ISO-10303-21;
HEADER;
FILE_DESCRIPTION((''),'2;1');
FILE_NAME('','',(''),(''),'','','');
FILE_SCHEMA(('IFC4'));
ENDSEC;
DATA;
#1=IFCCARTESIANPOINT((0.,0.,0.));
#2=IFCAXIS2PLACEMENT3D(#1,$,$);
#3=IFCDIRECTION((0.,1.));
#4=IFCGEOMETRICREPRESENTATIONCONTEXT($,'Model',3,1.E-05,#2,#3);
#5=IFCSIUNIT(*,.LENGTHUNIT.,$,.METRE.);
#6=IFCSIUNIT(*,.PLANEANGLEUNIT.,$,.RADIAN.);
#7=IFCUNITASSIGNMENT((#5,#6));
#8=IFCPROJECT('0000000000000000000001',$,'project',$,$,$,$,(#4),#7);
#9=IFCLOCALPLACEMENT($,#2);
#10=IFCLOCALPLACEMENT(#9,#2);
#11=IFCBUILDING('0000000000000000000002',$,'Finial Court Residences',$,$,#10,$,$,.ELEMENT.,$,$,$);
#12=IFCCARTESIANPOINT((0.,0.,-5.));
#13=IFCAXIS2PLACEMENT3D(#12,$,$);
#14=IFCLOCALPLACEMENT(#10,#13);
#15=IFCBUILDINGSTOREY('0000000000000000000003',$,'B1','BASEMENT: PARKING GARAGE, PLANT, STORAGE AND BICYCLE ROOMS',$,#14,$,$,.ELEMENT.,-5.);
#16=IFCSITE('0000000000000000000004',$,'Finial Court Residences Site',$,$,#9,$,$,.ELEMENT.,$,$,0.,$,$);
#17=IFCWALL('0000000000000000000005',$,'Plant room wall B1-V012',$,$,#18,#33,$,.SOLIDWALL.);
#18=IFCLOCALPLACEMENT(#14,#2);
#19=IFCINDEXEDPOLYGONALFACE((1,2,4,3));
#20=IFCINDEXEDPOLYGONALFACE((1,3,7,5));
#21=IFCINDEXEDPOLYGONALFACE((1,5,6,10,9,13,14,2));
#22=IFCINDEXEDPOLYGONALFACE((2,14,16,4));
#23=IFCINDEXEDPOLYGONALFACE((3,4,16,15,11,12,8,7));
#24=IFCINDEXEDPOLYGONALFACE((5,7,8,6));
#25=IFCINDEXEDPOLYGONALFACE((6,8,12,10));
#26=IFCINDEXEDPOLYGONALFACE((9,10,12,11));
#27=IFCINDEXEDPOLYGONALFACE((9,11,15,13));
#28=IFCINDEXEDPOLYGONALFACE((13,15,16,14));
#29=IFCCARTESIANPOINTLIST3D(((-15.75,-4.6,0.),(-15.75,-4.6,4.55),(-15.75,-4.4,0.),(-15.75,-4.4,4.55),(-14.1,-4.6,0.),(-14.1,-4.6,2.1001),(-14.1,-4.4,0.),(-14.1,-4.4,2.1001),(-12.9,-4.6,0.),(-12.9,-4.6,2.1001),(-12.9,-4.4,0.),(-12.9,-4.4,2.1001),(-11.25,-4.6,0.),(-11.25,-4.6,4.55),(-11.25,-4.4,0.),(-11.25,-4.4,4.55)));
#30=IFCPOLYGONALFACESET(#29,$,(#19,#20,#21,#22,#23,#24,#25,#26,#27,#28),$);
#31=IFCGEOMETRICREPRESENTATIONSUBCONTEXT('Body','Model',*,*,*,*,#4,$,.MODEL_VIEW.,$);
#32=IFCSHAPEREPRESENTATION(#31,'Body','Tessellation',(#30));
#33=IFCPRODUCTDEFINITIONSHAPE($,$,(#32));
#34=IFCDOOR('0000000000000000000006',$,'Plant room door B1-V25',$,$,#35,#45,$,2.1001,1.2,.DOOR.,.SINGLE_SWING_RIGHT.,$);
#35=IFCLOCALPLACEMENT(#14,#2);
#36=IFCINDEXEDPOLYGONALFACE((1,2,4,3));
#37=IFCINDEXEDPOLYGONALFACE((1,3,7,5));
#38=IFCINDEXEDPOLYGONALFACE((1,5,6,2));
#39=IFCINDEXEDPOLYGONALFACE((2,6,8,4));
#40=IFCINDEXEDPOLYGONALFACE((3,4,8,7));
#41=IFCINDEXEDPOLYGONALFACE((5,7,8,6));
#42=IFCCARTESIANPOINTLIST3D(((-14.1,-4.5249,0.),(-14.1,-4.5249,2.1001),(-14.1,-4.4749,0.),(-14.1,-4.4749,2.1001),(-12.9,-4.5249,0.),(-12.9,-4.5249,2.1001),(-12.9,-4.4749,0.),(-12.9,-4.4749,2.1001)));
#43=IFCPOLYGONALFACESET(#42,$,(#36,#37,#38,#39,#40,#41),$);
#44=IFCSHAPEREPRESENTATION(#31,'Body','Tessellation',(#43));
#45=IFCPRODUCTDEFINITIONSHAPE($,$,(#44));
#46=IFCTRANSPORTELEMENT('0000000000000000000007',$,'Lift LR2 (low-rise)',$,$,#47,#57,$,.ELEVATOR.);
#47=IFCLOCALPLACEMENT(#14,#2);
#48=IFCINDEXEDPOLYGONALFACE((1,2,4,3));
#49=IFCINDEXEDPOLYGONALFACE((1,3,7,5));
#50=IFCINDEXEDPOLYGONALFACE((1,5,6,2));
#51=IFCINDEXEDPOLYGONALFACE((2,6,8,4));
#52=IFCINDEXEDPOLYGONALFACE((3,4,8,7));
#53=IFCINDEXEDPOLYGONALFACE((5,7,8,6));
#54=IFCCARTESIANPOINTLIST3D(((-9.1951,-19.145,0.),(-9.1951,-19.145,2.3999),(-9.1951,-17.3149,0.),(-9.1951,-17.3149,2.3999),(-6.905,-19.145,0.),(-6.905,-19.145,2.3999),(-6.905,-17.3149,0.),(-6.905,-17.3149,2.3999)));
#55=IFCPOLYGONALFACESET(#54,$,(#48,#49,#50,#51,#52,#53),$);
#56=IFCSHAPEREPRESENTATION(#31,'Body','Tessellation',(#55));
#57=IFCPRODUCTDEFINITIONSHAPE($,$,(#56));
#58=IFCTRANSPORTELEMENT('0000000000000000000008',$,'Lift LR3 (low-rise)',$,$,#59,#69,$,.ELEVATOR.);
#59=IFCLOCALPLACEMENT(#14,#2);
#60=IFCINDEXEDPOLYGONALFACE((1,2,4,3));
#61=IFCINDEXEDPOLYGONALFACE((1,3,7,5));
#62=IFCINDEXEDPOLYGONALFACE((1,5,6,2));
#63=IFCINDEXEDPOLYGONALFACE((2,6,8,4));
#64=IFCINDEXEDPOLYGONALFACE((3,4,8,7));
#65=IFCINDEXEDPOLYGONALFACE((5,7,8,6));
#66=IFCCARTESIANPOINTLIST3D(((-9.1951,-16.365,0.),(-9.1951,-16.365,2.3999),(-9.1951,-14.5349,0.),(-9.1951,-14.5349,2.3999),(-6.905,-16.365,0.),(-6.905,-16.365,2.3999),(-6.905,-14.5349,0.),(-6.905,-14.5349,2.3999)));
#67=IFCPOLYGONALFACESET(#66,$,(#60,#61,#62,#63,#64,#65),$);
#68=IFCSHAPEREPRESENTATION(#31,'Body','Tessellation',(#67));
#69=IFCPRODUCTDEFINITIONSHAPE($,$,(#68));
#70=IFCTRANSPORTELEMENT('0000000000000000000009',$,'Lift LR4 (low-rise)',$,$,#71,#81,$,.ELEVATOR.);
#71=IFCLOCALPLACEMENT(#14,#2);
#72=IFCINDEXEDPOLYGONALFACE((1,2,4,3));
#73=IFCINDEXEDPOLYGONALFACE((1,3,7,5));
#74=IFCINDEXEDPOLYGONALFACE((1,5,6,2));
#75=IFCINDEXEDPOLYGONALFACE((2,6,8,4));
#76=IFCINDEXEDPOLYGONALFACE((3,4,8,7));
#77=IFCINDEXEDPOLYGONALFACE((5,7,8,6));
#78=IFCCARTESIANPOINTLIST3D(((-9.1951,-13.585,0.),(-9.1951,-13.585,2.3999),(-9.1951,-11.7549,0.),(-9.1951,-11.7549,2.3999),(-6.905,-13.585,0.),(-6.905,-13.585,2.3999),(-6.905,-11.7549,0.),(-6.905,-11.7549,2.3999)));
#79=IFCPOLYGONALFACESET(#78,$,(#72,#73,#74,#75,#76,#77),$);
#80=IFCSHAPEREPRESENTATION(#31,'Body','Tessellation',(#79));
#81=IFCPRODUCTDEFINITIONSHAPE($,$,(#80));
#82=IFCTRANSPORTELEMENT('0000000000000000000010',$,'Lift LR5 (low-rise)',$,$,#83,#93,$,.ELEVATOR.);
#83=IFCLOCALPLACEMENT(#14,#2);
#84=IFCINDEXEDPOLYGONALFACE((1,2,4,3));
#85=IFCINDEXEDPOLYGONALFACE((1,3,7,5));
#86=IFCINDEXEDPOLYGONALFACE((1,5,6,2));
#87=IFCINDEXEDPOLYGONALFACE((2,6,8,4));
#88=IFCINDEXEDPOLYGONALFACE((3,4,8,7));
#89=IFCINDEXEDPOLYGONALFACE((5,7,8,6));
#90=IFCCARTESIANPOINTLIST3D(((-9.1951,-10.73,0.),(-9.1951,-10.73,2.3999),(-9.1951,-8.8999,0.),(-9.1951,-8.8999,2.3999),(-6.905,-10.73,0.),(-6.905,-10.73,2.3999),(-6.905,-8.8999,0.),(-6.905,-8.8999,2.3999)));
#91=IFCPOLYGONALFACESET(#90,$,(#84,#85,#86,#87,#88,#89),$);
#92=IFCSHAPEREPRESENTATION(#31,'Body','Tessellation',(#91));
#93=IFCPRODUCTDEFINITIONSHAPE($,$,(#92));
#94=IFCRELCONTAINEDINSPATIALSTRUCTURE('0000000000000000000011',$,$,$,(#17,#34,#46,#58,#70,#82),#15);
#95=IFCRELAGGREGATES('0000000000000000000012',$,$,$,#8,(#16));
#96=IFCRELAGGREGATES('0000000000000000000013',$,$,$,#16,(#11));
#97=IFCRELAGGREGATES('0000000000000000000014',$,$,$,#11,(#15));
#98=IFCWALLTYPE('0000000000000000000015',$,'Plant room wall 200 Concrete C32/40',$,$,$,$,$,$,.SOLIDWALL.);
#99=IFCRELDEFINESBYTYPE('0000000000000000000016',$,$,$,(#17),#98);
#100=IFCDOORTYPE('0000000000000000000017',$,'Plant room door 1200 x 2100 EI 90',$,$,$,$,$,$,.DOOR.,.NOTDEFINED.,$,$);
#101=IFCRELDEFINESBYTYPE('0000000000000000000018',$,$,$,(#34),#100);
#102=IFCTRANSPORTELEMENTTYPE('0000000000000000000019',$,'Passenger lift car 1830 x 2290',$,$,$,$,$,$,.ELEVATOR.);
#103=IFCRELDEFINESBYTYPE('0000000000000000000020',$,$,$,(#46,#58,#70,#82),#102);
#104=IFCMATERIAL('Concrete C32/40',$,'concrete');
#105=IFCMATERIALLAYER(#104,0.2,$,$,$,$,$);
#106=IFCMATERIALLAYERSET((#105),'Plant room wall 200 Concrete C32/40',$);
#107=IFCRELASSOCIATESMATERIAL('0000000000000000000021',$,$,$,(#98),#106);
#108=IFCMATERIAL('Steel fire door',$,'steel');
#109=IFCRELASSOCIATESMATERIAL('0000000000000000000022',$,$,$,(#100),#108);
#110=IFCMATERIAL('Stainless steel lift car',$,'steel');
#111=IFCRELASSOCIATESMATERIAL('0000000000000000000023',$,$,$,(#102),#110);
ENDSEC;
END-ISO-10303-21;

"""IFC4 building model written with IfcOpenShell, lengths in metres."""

from ifc_helpers import new_model, si_unit, direction, frame, frame_2d, origin, origin_2d, place, context, subcontext, project, spatial, rectangle, extrude, material, layer, layer_set, type_object, element, fill, save


model = new_model("IFC4")

# Units and contexts
model_context = context("Model", 3, precision=1e-05, world=origin(), true_north=direction((0.0, 1.0)))
body_context = subcontext(model_context, "Body", "Model", "MODEL_VIEW")
ifc_project = project(units=[si_unit("LENGTHUNIT", "METRE"), si_unit("PLANEANGLEUNIT", "RADIAN")], contexts=[model_context])

# Site, building, storey
site_placement = place(None, origin())
site = spatial("IfcSite", under=ifc_project, at=site_placement, Name="Finial Court Residences Site", CompositionType="ELEMENT", RefElevation=0.0)
building_placement = place(site_placement, origin())
building = spatial("IfcBuilding", under=site, at=building_placement, Name="Finial Court Residences", CompositionType="ELEMENT")
storey_placement = place(building_placement, frame((0.0, 0.0, -5.0)))
storey = spatial("IfcBuildingStorey", under=building, at=storey_placement, Name="B1", Description="BASEMENT: PARKING GARAGE, PLANT, STORAGE AND BICYCLE ROOMS", CompositionType="ELEMENT", Elevation=-5.0)

# Shared definitions
ifc_material_1 = material(Name="Steel fire door", Category="steel")

# Shared definitions
ifc_material_2 = material(Name="Concrete C32/40", Category="concrete")
ifc_layer_1 = layer(ifc_material_2, 0.2)
ifc_layer_set_1 = layer_set([ifc_layer_1], Name="Plant room wall 200 Concrete C32/40")
wall_type_1 = type_object("IfcWallType", Name="Plant room wall 200 Concrete C32/40", PredefinedType="SOLIDWALL", material=ifc_layer_set_1)

# Wall, opening, door
wall_1_placement = place(storey_placement, frame((-11.25, -4.5, 0.0), z_axis=(0.0, 0.0, 1.0), x_axis=(-1.0, 0.0, 0.0)))
wall_1 = element("IfcWall", 1, at=wall_1_placement, inside=storey, type_object=wall_type_1, Name="Plant room wall B1-V012", PredefinedType="SOLIDWALL", context=body_context, shape_type="SweptSolid", body=[
    extrude(rectangle(XDim=4.5, YDim=0.2, at=frame_2d((2.25, 0.0))), origin(), (0.0, 0.0, 1.0), 4.55),
])
opening_1_placement = place(wall_1_placement, frame((1.6499, 0.0, 0.0)))
opening_1 = element("IfcOpeningElement", 2, at=opening_1_placement, cuts=wall_1, PredefinedType="OPENING", context=body_context, shape_type="SweptSolid", body=[
    extrude(rectangle(XDim=1.2, YDim=2.1001, at=frame_2d((0.6001, 1.05))), frame((0.0, 0.1099, 0.0), z_axis=(0.0, -1.0, 0.0), x_axis=(1.0, 0.0, 0.0)), (0.0, 0.0, 1.0), 0.22),
])
door_type_1 = type_object("IfcDoorType", Name="Plant room door 1200 x 2100 EI 90", OperationType="NOTDEFINED", PredefinedType="DOOR", material=ifc_material_1)
door_1_placement = place(opening_1_placement, origin())
door_1 = element("IfcDoor", 3, at=door_1_placement, inside=storey, type_object=door_type_1, Name="Plant room door B1-V25", OperationType="SINGLE_SWING_RIGHT", OverallHeight=2.1001, OverallWidth=1.2, PredefinedType="DOOR", context=body_context, shape_type="SweptSolid", body=[
    extrude(rectangle(XDim=1.2, YDim=2.1001, at=frame_2d((0.6001, 1.05))), frame((0.0, 0.0249, 0.0), z_axis=(0.0, -1.0, 0.0), x_axis=(1.0, 0.0, 0.0)), (0.0, 0.0, 1.0), 0.05),
])
fill(opening_1, door_1)

# Transport elements
ifc_material_3 = material(Name="Stainless steel lift car", Category="steel")
transport_element_type = type_object("IfcTransportElementType", Name="Passenger lift car 1830 x 2290", PredefinedType="ELEVATOR", material=ifc_material_3)
for number, where, z_axis, x_axis, name in (
    (4, (-8.05, -18.23, 0.0), (0.0, 0.0, 1.0), (1.0, 0.0, 0.0), "Lift LR2 (low-rise)"),
    (5, (-8.05, -15.45, 0.0), (0.0, 0.0, 1.0), (1.0, 0.0, 0.0), "Lift LR3 (low-rise)"),
    (6, (-8.05, -12.6699, 0.0), (0.0, 0.0, 1.0), (1.0, 0.0, 0.0), "Lift LR4 (low-rise)"),
    (7, (-8.05, -9.8149, 0.0), (0.0, 0.0, 1.0), (1.0, 0.0, 0.0), "Lift LR5 (low-rise)"),
):
    element("IfcTransportElement", number, at=place(storey_placement, frame(where, z_axis=z_axis, x_axis=x_axis)), inside=storey, type_object=transport_element_type, Name=name, PredefinedType="ELEVATOR", context=body_context, shape_type="SweptSolid", body=[
        extrude(rectangle(XDim=2.29, YDim=1.8301, at=origin_2d()), origin(), (0.0, 0.0, 1.0), 2.3999),
    ])

save(model, "model.ifc")
